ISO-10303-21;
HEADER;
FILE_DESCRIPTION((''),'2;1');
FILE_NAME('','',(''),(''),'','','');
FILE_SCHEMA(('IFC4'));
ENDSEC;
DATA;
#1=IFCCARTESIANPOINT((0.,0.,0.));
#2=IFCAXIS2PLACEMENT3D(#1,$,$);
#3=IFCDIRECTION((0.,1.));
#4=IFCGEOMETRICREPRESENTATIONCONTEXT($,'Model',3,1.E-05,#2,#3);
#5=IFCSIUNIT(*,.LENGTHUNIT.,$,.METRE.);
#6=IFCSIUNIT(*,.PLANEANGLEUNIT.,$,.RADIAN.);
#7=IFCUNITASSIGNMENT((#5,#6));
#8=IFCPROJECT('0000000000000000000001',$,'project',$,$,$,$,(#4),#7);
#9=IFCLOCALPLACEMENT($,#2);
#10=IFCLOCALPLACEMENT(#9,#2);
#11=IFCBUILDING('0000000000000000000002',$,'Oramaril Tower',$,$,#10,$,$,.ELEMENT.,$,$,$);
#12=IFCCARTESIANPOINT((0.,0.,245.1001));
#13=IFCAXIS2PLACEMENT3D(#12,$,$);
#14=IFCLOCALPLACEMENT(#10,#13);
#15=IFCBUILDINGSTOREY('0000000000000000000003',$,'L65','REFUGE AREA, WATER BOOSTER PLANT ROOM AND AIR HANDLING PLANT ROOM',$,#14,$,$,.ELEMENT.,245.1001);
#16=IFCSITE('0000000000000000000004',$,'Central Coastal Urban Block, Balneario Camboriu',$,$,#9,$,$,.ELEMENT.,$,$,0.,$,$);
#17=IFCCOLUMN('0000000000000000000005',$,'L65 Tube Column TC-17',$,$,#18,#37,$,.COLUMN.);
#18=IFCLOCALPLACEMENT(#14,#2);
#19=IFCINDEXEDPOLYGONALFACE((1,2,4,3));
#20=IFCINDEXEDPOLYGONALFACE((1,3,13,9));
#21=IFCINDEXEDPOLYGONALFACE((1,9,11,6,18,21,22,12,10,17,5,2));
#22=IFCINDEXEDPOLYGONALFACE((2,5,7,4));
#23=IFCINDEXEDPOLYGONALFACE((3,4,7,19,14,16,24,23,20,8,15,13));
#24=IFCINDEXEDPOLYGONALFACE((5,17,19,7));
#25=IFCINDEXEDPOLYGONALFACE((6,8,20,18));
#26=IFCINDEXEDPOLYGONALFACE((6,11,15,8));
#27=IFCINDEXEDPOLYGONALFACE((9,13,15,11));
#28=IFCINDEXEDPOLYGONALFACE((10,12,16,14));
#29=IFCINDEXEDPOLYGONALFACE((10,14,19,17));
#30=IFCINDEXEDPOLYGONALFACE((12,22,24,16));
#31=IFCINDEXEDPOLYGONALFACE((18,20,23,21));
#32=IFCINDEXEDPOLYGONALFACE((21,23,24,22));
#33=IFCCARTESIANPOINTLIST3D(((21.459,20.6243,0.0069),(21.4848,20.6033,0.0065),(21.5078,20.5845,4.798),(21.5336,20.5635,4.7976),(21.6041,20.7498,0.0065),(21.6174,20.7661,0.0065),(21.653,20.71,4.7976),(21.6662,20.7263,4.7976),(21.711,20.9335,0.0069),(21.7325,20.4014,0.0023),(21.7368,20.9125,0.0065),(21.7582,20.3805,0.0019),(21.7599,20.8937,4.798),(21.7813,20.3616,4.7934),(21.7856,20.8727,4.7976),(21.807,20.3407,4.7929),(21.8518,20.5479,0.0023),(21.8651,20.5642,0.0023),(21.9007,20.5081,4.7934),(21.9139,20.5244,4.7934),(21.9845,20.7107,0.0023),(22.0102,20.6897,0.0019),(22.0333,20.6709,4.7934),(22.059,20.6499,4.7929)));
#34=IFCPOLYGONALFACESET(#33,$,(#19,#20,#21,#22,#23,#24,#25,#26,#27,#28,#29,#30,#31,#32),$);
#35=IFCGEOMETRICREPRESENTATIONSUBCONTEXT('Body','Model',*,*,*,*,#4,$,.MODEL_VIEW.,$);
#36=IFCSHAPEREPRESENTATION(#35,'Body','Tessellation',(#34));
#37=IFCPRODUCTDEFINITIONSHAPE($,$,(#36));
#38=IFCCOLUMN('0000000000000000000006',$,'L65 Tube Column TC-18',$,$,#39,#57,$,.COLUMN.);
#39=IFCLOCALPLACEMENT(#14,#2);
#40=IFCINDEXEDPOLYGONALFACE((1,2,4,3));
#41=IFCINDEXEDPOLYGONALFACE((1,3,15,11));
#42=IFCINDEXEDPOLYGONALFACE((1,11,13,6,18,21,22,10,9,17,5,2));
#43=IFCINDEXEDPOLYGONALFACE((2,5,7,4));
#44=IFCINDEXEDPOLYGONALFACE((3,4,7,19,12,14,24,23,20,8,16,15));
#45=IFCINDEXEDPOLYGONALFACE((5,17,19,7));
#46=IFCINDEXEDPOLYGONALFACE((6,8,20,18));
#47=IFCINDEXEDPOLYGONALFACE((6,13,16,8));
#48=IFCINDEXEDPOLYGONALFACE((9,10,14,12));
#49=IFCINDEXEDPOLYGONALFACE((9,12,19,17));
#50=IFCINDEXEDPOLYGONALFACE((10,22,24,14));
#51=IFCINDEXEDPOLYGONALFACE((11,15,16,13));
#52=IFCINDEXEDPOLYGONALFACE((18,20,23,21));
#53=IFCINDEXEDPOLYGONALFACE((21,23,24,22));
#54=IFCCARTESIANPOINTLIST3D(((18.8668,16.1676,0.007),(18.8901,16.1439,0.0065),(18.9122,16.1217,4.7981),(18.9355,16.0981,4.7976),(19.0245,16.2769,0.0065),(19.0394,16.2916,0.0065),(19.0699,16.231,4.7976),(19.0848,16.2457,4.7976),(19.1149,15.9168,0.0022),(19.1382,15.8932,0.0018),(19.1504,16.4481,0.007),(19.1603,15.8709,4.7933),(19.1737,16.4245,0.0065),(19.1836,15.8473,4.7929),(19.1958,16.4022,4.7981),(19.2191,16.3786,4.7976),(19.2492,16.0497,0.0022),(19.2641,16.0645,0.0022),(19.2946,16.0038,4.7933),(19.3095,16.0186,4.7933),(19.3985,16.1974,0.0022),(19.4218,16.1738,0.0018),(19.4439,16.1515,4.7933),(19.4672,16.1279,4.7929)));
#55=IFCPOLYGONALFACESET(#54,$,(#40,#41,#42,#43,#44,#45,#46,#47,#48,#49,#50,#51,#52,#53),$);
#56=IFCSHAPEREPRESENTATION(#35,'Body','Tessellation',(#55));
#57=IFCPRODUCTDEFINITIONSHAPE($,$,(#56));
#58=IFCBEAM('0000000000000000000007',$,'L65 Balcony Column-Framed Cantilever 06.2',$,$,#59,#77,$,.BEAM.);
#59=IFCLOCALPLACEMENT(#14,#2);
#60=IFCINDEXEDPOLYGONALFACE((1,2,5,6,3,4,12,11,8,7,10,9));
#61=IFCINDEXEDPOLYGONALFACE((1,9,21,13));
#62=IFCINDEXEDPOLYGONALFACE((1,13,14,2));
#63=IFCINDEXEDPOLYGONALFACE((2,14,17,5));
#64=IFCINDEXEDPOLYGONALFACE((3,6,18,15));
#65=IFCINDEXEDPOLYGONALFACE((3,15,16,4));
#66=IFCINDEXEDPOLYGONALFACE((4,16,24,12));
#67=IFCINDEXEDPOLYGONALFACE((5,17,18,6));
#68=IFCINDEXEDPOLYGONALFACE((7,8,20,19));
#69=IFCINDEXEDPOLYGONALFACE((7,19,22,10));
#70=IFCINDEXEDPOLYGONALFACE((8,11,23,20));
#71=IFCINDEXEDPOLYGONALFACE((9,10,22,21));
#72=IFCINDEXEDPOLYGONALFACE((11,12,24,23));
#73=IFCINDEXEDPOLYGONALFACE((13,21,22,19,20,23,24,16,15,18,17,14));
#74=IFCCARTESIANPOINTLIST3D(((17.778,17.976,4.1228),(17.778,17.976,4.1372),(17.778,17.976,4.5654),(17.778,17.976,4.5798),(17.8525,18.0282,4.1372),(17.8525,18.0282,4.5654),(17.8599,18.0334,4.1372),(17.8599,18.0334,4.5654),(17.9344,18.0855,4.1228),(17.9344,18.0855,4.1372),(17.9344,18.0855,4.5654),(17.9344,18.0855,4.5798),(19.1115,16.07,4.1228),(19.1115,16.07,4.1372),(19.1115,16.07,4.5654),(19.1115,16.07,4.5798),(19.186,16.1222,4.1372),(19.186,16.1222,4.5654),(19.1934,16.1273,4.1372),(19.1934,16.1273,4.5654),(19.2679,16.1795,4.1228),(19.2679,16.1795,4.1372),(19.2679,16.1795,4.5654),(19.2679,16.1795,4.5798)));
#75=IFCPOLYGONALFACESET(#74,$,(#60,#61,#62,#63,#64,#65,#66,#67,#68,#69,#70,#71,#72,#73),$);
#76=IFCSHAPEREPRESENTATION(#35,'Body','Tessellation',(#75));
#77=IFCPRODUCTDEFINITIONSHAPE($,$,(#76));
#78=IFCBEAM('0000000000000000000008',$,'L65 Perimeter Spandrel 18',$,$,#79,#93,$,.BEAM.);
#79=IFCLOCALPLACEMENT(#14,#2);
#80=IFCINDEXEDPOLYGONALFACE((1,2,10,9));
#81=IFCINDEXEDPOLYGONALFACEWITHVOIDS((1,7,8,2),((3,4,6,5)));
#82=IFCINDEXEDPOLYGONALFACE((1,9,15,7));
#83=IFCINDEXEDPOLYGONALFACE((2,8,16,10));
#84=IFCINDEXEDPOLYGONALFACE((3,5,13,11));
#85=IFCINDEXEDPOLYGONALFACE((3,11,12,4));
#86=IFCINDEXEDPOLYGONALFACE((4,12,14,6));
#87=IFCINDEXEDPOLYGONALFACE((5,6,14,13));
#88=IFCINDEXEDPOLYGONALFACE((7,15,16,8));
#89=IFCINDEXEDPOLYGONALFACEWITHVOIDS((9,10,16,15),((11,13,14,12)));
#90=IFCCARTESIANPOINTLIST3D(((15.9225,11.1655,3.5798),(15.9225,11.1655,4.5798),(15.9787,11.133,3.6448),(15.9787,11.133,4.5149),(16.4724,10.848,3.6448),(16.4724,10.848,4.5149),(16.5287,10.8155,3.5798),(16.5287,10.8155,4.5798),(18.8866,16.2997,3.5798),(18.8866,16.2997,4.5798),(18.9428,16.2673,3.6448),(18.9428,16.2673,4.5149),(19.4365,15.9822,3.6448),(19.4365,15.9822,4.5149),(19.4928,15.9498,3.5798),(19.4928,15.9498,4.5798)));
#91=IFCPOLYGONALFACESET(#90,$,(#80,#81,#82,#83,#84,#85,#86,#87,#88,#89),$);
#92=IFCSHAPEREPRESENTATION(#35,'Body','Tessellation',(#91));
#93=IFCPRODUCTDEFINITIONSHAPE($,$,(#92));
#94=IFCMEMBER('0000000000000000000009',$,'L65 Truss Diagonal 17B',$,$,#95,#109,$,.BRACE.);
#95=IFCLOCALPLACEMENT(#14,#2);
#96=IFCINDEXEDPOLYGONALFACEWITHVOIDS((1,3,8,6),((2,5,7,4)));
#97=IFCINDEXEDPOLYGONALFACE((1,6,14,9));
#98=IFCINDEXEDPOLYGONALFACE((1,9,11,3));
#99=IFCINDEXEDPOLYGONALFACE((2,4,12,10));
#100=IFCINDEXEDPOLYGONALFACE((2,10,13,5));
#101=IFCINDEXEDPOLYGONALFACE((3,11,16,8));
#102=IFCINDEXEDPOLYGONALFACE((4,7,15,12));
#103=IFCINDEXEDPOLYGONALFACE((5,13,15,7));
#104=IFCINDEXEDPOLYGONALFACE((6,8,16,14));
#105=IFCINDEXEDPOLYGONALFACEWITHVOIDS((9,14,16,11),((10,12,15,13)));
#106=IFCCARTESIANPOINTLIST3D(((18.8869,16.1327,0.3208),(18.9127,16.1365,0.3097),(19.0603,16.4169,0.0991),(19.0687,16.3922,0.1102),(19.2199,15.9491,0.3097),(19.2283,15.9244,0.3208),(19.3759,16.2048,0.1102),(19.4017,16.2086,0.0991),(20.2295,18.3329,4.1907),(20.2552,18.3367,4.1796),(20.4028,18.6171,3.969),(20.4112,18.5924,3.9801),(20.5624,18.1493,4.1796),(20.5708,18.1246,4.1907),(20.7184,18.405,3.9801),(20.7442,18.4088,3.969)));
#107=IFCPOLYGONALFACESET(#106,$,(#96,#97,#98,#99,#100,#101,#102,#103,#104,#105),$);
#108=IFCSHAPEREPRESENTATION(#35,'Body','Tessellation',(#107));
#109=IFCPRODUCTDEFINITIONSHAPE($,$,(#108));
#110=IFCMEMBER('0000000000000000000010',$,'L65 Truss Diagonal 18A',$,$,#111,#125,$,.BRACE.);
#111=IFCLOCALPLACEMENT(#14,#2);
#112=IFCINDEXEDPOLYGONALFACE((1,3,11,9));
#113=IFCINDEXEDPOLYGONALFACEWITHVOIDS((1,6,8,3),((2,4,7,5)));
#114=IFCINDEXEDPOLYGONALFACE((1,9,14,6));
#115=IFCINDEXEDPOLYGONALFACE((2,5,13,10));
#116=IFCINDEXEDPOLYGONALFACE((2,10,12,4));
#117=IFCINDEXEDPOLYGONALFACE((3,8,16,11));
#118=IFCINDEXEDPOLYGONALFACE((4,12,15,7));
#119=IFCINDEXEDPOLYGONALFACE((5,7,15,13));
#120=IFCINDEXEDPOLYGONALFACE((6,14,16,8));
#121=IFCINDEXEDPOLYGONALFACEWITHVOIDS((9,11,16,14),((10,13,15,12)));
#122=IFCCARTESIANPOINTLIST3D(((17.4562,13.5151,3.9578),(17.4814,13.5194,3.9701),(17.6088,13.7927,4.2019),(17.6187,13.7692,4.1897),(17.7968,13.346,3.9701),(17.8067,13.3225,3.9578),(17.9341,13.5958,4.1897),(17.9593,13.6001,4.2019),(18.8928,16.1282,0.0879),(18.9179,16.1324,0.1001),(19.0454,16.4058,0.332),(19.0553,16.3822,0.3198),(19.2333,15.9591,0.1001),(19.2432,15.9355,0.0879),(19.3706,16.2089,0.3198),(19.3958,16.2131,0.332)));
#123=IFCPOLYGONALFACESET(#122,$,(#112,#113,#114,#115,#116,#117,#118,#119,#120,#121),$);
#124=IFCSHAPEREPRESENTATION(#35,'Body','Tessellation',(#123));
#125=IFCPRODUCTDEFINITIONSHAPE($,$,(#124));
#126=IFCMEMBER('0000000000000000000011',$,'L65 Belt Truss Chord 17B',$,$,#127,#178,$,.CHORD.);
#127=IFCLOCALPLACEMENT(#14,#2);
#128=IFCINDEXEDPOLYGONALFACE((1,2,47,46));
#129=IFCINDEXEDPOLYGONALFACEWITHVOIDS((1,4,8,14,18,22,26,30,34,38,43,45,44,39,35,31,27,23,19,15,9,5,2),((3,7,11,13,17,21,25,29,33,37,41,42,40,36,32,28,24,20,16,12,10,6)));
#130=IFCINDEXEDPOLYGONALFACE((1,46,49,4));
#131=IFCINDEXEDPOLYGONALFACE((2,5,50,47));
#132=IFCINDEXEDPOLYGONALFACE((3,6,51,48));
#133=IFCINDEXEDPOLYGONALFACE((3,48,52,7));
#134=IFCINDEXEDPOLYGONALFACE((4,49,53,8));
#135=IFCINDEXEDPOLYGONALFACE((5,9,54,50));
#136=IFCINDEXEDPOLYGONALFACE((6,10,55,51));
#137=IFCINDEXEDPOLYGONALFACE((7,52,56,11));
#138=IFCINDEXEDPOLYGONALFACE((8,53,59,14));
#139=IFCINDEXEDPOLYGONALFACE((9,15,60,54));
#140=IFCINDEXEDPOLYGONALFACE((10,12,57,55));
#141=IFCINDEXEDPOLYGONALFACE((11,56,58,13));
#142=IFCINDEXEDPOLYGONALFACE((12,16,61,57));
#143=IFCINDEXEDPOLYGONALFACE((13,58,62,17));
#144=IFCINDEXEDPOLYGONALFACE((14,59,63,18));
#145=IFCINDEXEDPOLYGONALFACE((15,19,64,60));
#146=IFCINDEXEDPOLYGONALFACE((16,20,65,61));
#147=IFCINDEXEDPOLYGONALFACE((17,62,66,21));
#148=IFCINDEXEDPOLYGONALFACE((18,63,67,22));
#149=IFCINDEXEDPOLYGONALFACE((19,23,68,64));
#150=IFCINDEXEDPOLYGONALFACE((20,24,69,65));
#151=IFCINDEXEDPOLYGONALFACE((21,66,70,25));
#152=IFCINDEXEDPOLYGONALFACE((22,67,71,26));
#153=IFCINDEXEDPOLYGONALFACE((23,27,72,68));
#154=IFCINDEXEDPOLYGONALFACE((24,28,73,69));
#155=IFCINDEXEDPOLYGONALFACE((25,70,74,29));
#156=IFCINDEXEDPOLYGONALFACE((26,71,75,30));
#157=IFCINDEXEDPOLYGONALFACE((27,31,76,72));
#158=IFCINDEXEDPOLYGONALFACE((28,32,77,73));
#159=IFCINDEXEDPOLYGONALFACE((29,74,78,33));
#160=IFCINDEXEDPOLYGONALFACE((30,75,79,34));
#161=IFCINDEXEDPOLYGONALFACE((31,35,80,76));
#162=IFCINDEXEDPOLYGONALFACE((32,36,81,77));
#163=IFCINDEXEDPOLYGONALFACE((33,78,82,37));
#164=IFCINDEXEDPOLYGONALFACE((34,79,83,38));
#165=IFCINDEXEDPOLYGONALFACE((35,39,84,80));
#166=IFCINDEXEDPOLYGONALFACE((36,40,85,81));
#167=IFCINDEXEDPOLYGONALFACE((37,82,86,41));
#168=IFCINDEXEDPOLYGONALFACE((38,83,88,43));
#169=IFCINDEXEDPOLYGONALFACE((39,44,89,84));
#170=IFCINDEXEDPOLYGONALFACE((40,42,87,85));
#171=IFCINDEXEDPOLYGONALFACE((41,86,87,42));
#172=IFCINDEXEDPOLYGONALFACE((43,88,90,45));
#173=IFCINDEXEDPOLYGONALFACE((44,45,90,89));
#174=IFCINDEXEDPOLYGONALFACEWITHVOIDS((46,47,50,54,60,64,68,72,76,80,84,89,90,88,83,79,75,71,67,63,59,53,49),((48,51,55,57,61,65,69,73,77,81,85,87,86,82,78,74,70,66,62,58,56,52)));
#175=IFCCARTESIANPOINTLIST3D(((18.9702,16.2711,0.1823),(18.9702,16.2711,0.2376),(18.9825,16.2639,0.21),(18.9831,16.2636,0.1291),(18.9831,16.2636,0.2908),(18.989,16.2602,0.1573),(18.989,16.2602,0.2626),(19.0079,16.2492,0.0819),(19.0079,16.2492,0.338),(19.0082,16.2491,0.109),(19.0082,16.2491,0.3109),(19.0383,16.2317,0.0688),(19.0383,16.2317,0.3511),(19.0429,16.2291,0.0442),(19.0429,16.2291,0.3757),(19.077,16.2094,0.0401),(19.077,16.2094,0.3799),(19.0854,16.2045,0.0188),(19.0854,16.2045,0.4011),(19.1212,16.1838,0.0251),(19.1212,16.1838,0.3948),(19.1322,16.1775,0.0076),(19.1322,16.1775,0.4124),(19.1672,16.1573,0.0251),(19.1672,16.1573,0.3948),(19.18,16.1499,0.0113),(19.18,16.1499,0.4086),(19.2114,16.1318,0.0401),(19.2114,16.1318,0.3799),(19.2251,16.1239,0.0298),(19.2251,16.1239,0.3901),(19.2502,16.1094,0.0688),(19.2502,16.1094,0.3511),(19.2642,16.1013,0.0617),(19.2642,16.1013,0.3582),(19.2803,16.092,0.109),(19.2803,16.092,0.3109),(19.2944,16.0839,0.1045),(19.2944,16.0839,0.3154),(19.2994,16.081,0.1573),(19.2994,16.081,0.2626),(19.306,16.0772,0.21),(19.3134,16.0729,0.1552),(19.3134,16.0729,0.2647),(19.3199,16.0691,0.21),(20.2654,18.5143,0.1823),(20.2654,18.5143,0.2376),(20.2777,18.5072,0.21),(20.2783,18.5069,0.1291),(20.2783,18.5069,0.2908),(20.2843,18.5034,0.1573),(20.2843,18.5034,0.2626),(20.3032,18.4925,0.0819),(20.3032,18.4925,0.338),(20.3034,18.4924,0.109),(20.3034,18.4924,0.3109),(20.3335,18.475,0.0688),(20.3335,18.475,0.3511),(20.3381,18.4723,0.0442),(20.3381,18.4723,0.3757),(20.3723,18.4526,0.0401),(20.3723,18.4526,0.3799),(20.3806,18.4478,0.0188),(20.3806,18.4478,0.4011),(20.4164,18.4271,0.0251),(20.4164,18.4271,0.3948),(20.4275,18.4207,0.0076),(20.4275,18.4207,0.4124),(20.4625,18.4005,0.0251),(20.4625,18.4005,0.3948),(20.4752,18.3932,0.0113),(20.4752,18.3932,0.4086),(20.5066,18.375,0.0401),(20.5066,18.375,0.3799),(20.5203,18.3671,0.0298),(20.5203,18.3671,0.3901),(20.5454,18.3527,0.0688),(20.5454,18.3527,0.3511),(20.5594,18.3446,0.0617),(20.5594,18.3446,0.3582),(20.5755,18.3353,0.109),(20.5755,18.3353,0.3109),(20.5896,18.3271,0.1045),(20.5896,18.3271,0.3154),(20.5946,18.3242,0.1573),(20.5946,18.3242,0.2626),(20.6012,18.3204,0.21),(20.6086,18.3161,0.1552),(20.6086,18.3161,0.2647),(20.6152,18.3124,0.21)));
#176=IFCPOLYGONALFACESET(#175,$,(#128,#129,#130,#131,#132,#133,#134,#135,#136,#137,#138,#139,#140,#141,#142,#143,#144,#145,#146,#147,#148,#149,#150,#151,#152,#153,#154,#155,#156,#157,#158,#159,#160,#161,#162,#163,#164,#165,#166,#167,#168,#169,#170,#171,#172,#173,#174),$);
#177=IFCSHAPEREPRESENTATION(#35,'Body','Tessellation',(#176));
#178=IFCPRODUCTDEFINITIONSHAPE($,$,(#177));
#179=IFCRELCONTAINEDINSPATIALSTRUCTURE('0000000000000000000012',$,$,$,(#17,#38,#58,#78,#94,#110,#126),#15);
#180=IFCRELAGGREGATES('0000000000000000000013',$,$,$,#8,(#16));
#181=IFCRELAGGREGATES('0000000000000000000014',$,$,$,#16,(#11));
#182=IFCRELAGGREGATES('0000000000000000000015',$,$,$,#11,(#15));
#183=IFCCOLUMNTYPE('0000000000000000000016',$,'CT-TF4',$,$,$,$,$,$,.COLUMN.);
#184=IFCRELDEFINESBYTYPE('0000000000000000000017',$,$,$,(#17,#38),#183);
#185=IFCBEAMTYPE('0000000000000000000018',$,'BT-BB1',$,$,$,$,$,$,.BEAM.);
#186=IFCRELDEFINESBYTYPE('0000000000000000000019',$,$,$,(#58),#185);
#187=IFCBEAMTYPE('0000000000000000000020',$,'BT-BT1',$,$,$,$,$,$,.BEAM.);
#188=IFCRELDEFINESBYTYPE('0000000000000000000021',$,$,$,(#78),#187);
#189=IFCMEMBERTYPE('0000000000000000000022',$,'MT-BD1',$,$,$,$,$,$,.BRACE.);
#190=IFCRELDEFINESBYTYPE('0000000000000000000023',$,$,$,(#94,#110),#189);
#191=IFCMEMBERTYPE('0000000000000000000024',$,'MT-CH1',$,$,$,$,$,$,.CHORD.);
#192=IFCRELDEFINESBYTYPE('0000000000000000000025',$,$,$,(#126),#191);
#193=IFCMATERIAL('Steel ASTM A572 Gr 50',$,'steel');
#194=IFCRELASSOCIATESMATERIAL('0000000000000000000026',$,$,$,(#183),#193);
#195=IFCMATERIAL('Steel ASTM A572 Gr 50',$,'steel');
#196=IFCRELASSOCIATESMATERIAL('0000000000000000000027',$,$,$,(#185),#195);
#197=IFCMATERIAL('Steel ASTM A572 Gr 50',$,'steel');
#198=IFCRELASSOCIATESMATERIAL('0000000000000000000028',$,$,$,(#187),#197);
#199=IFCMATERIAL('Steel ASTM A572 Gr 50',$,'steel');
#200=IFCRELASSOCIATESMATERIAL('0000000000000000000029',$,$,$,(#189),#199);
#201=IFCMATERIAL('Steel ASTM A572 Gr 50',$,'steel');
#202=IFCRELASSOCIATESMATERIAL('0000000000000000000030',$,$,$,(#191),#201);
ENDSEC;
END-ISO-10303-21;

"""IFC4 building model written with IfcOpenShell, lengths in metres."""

from ifc_helpers import new_model, si_unit, direction, frame, origin, origin_2d, place, context, subcontext, project, spatial, hollow_rectangle, hollow_circle, i_section, extrude, material, material_profile, profile_set, type_object, element, save


model = new_model("IFC4")

# Units and contexts
model_context = context("Model", 3, precision=1e-05, world=origin(), true_north=direction((0.0, 1.0)))
body_context = subcontext(model_context, "Body", "Model", "MODEL_VIEW")
ifc_project = project(units=[si_unit("LENGTHUNIT", "METRE"), si_unit("PLANEANGLEUNIT", "RADIAN")], contexts=[model_context])

# Site, building, storey
site_placement = place(None, origin())
site = spatial("IfcSite", under=ifc_project, at=site_placement, Name="Central Coastal Urban Block, Balneario Camboriu", CompositionType="ELEMENT", RefElevation=0.0)
building_placement = place(site_placement, origin())
building = spatial("IfcBuilding", under=site, at=building_placement, Name="Oramaril Tower", CompositionType="ELEMENT")
storey_placement = place(building_placement, frame((0.0, 0.0, 245.1001)))
storey = spatial("IfcBuildingStorey", under=building, at=storey_placement, Name="L65", Description="REFUGE AREA, WATER BOOSTER PLANT ROOM AND AIR HANDLING PLANT ROOM", CompositionType="ELEMENT", Elevation=245.1001)

# Columns
ifc_material_1 = material(Name="Steel ASTM A572 Gr 50", Category="steel")
ifc_material_profile_1 = material_profile(ifc_material_1, i_section(OverallWidth=0.3989, OverallDepth=0.386, WebThickness=0.021, FlangeThickness=0.0332, at=origin_2d()), Name="W14X176")
ifc_profile_set_1 = profile_set([ifc_material_profile_1], Name="Steel ASTM A572 Gr 50")
column_type = type_object("IfcColumnType", Name="CT-TF4", PredefinedType="COLUMN", material=ifc_profile_set_1)
for number, where, z_axis, x_axis, name in (
    (1, (21.7346, 20.657, 0.0044), (0.010191, -0.008305, 0.999914), (0.631759, 0.775165, 0.0), "L65 Tube Column TC-17"),
    (2, (19.1443, 16.1707, 0.0044), (0.009477, -0.009579, 0.999909), (0.710878, 0.703315, 0.0), "L65 Tube Column TC-18"),
):
    element("IfcColumn", number, at=place(storey_placement, frame(where, z_axis=z_axis, x_axis=x_axis)), inside=storey, type_object=column_type, Name=name, PredefinedType="COLUMN", context=body_context, shape_type="SweptSolid", body=[
        extrude(i_section(OverallWidth=0.3989, OverallDepth=0.386, WebThickness=0.021, FlangeThickness=0.0332, at=origin_2d()), origin(), (0.0, 0.0, 1.0), 4.7915),
    ])

# Beams
ifc_material_2 = material(Name="Steel ASTM A572 Gr 50", Category="steel")
ifc_material_profile_2 = material_profile(ifc_material_2, i_section(OverallWidth=0.1909, OverallDepth=0.457, WebThickness=0.009, FlangeThickness=0.0144, at=origin_2d()), Name="W18X50")
ifc_profile_set_2 = profile_set([ifc_material_profile_2], Name="Steel ASTM A572 Gr 50")
beam_type_1 = type_object("IfcBeamType", Name="BT-BB1", PredefinedType="BEAM", material=ifc_profile_set_2)
beam_1_placement = place(storey_placement, frame((19.1897, 16.1248, 4.3513), z_axis=(-0.573258, 0.819375, 0.0), x_axis=(-0.819375, -0.573258, 0.0)))
element("IfcBeam", 3, at=beam_1_placement, inside=storey, type_object=beam_type_1, Name="L65 Balcony Column-Framed Cantilever 06.2", PredefinedType="BEAM", context=body_context, shape_type="SweptSolid", body=[
    extrude(i_section(OverallWidth=0.1909, OverallDepth=0.457, WebThickness=0.009, FlangeThickness=0.0144, at=origin_2d()), origin(), (0.0, 0.0, 1.0), 2.3262),
])
ifc_material_3 = material(Name="Steel ASTM A572 Gr 50", Category="steel")
ifc_material_profile_3 = material_profile(ifc_material_3, hollow_rectangle(XDim=0.7, YDim=1.0, WallThickness=0.0649, at=origin_2d()), Name="BOX1000X700X65")
ifc_profile_set_3 = profile_set([ifc_material_profile_3], Name="Steel ASTM A572 Gr 50")
beam_type_2 = type_object("IfcBeamType", Name="BT-BT1", PredefinedType="BEAM", material=ifc_profile_set_3)
beam_2_placement = place(storey_placement, frame((19.1897, 16.1248, 4.0798), z_axis=(-0.499979, -0.866037, 0.0), x_axis=(0.866037, -0.499979, 0.0)))
element("IfcBeam", 4, at=beam_2_placement, inside=storey, type_object=beam_type_2, Name="L65 Perimeter Spandrel 18", PredefinedType="BEAM", context=body_context, shape_type="SweptSolid", body=[
    extrude(hollow_rectangle(XDim=0.7, YDim=1.0, WallThickness=0.0649, at=origin_2d()), origin(), (0.0, 0.0, 1.0), 5.9285),
])

# Members
ifc_material_4 = material(Name="Steel ASTM A572 Gr 50", Category="steel")
ifc_material_profile_4 = material_profile(ifc_material_4, hollow_rectangle(XDim=0.3999, YDim=0.3999, WallThickness=0.02, at=origin_2d()), Name="HSS400X400X20")
ifc_profile_set_4 = profile_set([ifc_material_profile_4], Name="Steel ASTM A572 Gr 50")
member_type_1 = type_object("IfcMemberType", Name="MT-BD1", PredefinedType="BRACE", material=ifc_profile_set_4)
member_1_placement = place(storey_placement, frame((19.1443, 16.1707, 0.21), z_axis=(0.288738, 0.473197, 0.832295), x_axis=(-0.853633, 0.520875, 0.0)))
element("IfcMember", 5, at=member_1_placement, inside=storey, type_object=member_type_1, Name="L65 Truss Diagonal 17B", PredefinedType="BRACE", context=body_context, shape_type="SweptSolid", body=[
    extrude(hollow_rectangle(XDim=0.3999, YDim=0.3999, WallThickness=0.02, at=origin_2d()), origin(), (0.0, 0.0, 1.0), 4.6497),
])
member_2_placement = place(storey_placement, frame((19.1443, 16.1707, 0.21), z_axis=(-0.294042, -0.534863, 0.792124), x_axis=(0.876308, -0.481752, 0.0)))
element("IfcMember", 6, at=member_2_placement, inside=storey, type_object=member_type_1, Name="L65 Truss Diagonal 18A", PredefinedType="BRACE", context=body_context, shape_type="SweptSolid", body=[
    extrude(hollow_rectangle(XDim=0.3999, YDim=0.3999, WallThickness=0.02, at=origin_2d()), origin(), (0.0, 0.0, 1.0), 4.8855),
])
ifc_material_5 = material(Name="Steel ASTM A572 Gr 50", Category="steel")
ifc_material_profile_5 = material_profile(ifc_material_5, hollow_circle(Radius=0.2029, WallThickness=0.0161, at=origin_2d()), Name="CHS406X16")
ifc_profile_set_5 = profile_set([ifc_material_profile_5], Name="Steel ASTM A572 Gr 50")
member_type_2 = type_object("IfcMemberType", Name="MT-CH1", PredefinedType="CHORD", material=ifc_profile_set_5)
member_3_placement = place(storey_placement, frame((20.4395, 18.4138, 0.21), z_axis=(-0.500022, -0.866013, 0.0), x_axis=(0.866013, -0.500022, 0.0)))
element("IfcMember", 7, at=member_3_placement, inside=storey, type_object=member_type_2, Name="L65 Belt Truss Chord 17B", PredefinedType="CHORD", context=body_context, shape_type="SweptSolid", body=[
    extrude(hollow_circle(Radius=0.2029, WallThickness=0.0161, at=origin_2d()), origin(), (0.0, 0.0, 1.0), 2.5903),
])

save(model, "model.ifc")
